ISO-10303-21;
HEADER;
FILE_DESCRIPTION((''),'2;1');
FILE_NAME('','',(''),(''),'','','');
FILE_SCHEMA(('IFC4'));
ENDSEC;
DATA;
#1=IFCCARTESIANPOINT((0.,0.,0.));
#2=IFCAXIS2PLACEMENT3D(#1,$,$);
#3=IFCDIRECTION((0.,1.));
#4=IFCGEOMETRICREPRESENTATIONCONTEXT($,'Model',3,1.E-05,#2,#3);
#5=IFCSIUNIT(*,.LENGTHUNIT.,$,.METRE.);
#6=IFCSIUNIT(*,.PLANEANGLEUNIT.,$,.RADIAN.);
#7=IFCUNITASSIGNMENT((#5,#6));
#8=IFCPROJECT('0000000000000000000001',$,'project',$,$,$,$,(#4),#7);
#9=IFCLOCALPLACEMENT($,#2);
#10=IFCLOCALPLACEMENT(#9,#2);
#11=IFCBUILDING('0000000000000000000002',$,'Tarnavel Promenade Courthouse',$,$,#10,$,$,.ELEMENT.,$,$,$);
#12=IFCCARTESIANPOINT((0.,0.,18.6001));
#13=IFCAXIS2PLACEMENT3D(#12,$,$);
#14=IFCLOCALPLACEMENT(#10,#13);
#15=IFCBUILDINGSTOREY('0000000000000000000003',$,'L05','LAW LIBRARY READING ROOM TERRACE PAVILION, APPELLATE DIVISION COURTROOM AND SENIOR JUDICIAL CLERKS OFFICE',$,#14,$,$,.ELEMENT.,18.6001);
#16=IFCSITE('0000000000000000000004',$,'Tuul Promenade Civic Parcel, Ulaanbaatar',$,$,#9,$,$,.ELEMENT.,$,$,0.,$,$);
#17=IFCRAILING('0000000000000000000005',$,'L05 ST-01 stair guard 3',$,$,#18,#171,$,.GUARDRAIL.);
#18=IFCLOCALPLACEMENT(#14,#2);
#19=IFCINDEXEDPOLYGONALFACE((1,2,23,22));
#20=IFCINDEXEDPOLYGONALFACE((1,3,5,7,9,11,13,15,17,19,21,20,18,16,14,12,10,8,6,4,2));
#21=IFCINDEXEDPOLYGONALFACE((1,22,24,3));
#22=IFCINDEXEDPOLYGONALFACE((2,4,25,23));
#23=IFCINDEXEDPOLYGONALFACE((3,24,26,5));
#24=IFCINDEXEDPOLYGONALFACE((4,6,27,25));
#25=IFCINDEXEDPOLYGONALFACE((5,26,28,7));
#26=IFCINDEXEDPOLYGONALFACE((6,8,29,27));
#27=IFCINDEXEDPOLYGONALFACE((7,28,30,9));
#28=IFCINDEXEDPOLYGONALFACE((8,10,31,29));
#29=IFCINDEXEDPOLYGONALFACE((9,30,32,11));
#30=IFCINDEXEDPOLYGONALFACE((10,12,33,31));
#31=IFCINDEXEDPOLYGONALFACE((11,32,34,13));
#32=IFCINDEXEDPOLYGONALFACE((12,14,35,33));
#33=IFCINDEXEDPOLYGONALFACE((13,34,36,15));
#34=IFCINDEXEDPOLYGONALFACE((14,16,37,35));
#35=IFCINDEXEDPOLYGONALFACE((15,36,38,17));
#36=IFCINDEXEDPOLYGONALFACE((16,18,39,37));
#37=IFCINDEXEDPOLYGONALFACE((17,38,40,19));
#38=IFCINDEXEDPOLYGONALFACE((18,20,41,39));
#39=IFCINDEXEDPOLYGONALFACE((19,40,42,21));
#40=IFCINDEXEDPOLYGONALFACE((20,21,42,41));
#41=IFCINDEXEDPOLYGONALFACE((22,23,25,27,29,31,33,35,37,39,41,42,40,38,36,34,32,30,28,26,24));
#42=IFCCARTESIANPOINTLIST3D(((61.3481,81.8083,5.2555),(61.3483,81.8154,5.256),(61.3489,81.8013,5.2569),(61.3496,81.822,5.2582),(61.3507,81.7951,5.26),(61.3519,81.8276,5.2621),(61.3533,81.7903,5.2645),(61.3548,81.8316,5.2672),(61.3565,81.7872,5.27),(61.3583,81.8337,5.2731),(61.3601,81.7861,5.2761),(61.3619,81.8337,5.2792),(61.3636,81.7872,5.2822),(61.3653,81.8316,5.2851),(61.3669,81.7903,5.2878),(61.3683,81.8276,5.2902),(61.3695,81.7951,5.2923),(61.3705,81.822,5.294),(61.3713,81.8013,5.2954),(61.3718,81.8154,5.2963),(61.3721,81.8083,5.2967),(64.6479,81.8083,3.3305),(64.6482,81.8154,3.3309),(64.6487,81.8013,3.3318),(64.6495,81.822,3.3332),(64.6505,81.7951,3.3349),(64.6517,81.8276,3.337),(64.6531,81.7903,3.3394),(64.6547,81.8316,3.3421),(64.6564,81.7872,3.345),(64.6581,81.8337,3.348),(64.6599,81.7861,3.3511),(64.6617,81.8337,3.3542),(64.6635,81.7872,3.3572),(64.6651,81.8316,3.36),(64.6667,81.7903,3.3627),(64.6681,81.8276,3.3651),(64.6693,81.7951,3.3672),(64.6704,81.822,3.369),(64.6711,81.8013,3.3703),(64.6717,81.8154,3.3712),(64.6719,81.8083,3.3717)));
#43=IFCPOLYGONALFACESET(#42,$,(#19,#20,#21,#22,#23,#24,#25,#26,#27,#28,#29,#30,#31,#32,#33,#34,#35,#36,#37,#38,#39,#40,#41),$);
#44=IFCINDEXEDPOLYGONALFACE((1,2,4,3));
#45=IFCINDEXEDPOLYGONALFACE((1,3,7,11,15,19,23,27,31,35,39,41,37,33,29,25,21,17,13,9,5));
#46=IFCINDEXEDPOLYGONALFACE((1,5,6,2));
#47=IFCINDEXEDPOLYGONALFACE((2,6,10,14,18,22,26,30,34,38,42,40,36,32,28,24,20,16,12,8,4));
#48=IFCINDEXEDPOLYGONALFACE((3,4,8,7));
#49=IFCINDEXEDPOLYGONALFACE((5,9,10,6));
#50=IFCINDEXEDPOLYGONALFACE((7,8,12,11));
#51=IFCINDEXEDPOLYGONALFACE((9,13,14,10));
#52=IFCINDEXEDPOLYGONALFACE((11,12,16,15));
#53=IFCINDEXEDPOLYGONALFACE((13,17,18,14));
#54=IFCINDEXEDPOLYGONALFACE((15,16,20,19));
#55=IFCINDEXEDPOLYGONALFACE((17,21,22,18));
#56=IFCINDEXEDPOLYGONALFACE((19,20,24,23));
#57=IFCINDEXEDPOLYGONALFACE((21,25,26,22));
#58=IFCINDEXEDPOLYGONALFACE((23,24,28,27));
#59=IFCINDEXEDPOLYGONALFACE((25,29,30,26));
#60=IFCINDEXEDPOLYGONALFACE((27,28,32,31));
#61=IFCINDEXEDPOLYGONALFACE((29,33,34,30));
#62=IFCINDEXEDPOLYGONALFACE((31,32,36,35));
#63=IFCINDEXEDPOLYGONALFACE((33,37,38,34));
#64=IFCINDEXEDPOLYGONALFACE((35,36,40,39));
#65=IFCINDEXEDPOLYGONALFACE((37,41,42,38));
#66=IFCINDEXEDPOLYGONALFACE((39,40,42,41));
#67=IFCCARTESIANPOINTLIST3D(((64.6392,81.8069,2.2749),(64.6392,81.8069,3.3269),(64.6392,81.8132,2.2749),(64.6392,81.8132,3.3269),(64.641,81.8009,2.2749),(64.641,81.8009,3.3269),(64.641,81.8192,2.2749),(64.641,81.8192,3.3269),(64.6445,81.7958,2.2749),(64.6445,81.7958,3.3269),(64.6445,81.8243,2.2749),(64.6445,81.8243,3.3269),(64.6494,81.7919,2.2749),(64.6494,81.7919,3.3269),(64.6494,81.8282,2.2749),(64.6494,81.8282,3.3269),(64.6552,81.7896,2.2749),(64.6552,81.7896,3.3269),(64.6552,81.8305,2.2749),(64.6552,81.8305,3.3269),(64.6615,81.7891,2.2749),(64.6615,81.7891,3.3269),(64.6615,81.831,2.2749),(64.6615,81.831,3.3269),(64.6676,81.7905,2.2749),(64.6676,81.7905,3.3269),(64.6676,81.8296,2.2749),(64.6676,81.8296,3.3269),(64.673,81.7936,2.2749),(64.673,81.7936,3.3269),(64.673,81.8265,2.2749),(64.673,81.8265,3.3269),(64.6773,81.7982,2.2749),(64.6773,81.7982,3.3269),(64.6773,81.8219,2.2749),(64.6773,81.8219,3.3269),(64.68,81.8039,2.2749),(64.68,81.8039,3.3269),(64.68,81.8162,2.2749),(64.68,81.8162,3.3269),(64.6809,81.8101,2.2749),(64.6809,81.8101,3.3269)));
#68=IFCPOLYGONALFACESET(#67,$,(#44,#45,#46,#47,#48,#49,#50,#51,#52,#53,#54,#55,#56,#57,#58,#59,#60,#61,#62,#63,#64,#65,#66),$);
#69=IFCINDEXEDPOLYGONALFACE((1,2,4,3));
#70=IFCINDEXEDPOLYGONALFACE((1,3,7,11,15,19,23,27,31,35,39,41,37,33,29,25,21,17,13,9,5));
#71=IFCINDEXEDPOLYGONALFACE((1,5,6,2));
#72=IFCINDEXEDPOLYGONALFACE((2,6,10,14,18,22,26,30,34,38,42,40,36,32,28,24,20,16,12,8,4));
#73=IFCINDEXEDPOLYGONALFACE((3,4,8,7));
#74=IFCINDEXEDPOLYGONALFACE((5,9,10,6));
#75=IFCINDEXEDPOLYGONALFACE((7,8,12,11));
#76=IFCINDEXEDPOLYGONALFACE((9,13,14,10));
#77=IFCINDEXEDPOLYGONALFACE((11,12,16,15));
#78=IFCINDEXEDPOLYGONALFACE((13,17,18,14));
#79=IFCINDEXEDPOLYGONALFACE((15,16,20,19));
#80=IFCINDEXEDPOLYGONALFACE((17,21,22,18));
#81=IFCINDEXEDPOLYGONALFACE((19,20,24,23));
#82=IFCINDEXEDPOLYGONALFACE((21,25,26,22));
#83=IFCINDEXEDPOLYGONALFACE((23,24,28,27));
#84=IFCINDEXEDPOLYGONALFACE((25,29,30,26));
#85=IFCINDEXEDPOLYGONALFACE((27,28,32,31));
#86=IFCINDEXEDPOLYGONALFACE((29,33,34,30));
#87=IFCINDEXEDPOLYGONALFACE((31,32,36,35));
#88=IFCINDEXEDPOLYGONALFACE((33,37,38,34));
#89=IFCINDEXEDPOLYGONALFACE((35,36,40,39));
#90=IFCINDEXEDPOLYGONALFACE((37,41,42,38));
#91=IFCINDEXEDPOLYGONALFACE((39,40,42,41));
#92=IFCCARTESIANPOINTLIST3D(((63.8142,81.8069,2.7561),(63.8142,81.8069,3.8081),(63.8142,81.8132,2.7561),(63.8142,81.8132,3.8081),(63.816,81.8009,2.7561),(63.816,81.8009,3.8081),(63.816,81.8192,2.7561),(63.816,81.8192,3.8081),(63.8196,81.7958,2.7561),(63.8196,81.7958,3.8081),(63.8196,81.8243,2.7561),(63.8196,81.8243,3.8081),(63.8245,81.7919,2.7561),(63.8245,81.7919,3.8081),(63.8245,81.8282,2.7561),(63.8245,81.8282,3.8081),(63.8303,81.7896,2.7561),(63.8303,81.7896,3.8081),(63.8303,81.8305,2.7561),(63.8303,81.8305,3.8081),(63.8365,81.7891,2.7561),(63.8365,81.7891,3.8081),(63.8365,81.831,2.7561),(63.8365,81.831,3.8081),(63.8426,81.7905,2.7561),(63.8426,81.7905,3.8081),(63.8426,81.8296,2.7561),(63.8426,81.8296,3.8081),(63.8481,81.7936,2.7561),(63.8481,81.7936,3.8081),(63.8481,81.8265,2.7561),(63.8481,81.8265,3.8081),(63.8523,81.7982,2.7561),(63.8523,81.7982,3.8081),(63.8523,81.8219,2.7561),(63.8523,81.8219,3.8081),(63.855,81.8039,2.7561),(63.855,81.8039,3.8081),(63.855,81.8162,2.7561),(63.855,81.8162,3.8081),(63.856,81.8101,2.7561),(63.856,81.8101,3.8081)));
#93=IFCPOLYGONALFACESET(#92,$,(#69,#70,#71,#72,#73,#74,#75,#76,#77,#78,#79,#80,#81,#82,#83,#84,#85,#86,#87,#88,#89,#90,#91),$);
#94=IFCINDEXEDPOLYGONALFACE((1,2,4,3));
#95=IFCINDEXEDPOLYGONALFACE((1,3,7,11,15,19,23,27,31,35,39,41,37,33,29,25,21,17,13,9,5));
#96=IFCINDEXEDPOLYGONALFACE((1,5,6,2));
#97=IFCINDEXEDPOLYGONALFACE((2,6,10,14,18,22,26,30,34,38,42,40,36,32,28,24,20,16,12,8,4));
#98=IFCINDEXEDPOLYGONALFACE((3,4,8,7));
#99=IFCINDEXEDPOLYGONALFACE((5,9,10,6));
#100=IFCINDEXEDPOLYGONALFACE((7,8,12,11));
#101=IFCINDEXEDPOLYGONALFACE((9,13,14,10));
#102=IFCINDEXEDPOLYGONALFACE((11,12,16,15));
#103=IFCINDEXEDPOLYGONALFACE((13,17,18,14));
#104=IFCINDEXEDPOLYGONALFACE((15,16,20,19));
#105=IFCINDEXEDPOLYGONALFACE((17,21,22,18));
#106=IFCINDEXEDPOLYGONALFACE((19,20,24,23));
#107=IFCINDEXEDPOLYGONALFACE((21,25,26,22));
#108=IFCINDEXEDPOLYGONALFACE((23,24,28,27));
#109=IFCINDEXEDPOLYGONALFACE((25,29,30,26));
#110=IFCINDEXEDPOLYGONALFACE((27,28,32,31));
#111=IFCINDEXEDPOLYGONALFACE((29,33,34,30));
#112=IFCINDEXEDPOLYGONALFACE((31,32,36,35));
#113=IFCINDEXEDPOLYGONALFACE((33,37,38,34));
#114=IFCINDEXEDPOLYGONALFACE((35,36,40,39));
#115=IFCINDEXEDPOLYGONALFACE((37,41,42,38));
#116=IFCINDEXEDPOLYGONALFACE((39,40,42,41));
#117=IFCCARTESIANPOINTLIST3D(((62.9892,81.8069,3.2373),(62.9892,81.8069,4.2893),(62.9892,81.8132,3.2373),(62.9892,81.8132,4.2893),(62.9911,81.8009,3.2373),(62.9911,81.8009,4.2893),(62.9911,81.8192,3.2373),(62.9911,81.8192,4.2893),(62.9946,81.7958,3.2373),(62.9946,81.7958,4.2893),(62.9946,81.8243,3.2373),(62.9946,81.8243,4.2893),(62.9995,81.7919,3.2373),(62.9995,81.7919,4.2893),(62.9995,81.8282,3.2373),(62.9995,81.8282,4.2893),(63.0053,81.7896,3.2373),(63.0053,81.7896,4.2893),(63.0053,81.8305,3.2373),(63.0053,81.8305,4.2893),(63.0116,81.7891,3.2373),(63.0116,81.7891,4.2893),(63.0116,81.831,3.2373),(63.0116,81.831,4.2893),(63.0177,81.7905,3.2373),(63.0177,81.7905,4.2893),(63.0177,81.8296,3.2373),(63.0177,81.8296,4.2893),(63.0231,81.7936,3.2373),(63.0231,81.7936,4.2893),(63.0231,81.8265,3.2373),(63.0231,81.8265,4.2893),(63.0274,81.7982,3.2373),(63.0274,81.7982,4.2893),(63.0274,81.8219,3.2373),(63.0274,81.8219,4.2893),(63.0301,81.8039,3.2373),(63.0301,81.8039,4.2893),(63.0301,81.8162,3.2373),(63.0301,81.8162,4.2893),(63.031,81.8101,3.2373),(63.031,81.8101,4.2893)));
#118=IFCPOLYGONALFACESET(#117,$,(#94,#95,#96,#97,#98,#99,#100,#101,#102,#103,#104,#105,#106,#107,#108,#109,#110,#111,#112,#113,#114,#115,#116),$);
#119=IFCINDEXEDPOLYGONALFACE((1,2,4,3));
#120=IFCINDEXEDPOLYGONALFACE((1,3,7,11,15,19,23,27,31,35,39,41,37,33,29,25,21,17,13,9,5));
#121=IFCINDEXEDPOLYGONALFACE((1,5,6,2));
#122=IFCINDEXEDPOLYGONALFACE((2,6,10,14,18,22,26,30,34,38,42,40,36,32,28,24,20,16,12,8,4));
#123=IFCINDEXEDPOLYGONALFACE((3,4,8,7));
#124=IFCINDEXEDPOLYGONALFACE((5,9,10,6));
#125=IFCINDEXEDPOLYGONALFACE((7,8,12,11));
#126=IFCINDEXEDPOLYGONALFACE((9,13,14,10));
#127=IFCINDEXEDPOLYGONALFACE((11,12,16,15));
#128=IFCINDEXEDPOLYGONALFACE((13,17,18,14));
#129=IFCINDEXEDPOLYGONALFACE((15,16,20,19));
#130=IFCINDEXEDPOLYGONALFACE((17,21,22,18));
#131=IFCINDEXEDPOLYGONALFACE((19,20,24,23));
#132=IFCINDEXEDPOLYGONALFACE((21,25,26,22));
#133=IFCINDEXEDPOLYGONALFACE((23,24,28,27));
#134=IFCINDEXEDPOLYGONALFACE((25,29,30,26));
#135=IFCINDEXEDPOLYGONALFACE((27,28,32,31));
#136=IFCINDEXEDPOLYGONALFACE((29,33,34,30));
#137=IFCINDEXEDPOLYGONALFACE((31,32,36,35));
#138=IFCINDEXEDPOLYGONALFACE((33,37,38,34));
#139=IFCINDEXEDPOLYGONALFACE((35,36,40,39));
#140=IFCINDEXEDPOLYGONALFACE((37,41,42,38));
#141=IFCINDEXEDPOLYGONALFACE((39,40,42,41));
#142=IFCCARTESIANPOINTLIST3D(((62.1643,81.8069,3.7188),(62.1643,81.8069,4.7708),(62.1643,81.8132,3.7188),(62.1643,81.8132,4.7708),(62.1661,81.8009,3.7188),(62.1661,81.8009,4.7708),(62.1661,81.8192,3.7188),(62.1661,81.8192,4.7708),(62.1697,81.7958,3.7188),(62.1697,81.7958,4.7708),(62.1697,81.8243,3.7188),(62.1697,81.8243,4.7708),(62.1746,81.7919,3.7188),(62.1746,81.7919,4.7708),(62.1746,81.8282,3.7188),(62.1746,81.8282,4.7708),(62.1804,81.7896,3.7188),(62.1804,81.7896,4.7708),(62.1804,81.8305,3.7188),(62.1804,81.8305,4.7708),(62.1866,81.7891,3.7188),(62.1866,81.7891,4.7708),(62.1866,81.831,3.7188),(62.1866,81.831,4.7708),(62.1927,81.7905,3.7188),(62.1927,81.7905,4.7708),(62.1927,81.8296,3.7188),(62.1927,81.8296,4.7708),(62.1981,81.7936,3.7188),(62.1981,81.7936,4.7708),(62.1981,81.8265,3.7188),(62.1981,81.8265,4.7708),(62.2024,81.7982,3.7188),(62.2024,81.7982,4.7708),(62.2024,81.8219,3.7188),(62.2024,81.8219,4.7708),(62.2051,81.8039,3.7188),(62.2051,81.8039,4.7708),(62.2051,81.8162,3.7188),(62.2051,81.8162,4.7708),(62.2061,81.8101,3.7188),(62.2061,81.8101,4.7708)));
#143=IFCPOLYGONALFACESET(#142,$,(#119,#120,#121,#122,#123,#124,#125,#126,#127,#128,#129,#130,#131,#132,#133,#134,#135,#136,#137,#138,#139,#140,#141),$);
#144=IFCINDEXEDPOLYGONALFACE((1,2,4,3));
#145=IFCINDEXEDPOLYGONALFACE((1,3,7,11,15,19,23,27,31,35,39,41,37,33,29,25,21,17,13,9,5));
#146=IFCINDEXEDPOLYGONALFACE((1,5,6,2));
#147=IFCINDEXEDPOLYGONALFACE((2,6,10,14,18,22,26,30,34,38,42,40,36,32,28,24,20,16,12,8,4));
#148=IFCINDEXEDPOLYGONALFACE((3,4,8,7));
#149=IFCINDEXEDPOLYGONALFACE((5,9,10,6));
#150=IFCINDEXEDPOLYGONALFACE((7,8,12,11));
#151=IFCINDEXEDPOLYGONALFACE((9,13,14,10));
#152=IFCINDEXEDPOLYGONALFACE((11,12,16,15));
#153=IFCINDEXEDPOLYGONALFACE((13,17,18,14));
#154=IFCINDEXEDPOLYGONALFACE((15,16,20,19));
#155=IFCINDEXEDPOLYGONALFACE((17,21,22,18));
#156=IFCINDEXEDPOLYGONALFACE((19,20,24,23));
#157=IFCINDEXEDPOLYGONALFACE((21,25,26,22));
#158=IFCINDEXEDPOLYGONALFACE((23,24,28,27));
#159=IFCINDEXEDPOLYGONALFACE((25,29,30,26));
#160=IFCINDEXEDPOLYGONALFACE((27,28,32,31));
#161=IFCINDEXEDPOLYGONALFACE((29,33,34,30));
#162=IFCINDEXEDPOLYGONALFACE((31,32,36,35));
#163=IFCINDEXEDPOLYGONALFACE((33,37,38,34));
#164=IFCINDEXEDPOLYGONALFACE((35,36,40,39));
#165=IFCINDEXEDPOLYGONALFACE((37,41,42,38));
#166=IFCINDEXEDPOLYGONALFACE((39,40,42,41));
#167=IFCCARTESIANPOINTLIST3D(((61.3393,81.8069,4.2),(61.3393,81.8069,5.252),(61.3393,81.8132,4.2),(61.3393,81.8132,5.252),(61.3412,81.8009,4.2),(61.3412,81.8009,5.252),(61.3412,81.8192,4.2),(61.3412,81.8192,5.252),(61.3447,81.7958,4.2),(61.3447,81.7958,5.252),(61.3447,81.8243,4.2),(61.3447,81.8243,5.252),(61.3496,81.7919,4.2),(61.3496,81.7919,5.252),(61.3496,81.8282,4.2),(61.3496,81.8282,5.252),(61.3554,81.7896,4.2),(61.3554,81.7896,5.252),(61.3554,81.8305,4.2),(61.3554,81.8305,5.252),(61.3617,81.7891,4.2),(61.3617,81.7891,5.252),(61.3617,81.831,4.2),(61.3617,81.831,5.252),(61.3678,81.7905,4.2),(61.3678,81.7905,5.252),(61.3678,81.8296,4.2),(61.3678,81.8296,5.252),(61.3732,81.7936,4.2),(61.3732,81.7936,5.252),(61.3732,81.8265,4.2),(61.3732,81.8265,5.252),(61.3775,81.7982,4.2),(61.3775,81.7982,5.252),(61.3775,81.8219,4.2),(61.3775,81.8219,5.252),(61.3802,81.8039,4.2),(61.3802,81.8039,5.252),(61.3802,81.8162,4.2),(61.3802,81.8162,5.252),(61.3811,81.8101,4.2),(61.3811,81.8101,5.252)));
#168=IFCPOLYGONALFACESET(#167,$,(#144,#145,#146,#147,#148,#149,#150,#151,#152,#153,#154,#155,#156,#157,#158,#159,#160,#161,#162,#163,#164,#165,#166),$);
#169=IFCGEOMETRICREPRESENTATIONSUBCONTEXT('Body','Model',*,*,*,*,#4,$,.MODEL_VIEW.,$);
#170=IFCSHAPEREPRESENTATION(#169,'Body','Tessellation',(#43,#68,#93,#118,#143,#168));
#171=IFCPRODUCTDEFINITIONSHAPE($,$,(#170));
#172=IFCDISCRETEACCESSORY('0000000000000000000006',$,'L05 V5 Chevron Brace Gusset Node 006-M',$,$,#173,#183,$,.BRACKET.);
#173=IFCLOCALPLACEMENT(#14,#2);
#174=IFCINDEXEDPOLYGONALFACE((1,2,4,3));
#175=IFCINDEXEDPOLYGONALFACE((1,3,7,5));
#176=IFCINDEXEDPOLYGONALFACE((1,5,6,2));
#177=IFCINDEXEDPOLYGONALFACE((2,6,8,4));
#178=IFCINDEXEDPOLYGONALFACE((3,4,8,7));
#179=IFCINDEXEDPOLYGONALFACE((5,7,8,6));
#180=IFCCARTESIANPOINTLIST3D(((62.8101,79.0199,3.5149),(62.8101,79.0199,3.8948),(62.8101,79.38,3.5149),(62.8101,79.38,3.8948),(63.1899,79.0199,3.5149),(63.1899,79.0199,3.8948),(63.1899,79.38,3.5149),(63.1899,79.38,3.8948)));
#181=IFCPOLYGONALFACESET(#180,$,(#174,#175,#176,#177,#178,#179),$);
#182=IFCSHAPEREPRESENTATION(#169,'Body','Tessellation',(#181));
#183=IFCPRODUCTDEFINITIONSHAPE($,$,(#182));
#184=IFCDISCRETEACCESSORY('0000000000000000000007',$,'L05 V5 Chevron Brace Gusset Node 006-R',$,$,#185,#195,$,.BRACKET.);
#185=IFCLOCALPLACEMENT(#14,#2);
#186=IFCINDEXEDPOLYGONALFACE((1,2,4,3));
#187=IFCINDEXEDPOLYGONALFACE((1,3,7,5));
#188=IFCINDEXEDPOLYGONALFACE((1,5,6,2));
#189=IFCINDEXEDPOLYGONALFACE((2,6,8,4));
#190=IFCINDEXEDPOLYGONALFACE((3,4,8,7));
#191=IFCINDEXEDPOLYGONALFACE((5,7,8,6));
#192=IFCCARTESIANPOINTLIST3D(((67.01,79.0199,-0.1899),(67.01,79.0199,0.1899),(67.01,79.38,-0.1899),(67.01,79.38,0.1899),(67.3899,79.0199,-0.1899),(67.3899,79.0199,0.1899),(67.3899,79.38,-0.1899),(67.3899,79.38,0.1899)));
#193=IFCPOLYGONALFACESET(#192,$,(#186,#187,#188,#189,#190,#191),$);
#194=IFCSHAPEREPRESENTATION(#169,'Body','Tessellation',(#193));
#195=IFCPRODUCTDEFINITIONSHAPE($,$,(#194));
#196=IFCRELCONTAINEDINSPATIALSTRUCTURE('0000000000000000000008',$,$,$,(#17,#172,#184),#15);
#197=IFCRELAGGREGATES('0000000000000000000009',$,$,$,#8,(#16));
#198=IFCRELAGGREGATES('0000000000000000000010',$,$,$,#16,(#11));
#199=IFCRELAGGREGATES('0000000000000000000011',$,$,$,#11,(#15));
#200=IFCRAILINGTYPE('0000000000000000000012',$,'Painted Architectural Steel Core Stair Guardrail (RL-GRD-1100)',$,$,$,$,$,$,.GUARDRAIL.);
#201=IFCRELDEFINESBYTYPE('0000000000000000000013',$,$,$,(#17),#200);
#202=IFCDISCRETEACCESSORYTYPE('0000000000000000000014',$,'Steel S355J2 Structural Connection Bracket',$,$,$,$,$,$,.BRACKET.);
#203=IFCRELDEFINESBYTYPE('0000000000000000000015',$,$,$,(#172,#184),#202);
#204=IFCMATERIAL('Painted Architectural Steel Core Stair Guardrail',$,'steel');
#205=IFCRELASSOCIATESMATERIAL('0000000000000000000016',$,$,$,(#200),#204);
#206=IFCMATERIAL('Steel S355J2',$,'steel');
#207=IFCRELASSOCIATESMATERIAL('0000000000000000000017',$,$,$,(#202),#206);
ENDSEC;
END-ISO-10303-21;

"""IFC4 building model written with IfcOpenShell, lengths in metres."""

from ifc_helpers import new_model, si_unit, direction, frame, origin, origin_2d, place, context, subcontext, project, spatial, rectangle, circle, extrude, material, type_object, element, save


model = new_model("IFC4")

# Units and contexts
model_context = context("Model", 3, precision=1e-05, world=origin(), true_north=direction((0.0, 1.0)))
body_context = subcontext(model_context, "Body", "Model", "MODEL_VIEW")
ifc_project = project(units=[si_unit("LENGTHUNIT", "METRE"), si_unit("PLANEANGLEUNIT", "RADIAN")], contexts=[model_context])

# Site, building, storey
site_placement = place(None, origin())
site = spatial("IfcSite", under=ifc_project, at=site_placement, Name="Tuul Promenade Civic Parcel, Ulaanbaatar", CompositionType="ELEMENT", RefElevation=0.0)
building_placement = place(site_placement, origin())
building = spatial("IfcBuilding", under=site, at=building_placement, Name="Tarnavel Promenade Courthouse", CompositionType="ELEMENT")
storey_placement = place(building_placement, frame((0.0, 0.0, 18.6001)))
storey = spatial("IfcBuildingStorey", under=building, at=storey_placement, Name="L05", Description="LAW LIBRARY READING ROOM TERRACE PAVILION, APPELLATE DIVISION COURTROOM AND SENIOR JUDICIAL CLERKS OFFICE", CompositionType="ELEMENT", Elevation=18.6001)

# Shared definitions
ifc_material_1 = material(Name="Steel S355J2", Category="steel")

# Railing
ifc_material_2 = material(Name="Painted Architectural Steel Core Stair Guardrail", Category="steel")
railing_type_1 = type_object("IfcRailingType", Name="Painted Architectural Steel Core Stair Guardrail (RL-GRD-1100)", PredefinedType="GUARDRAIL", material=ifc_material_2)
railing_1_placement = place(storey_placement, frame((64.6599, 81.8101, 2.2749)))
element("IfcRailing", 1, at=railing_1_placement, inside=storey, type_object=railing_type_1, Name="L05 ST-01 stair guard 3", PredefinedType="GUARDRAIL", context=body_context, shape_type="SweptSolid", body=[
    extrude(circle(Radius=0.0239, at=origin_2d()), frame((0.0, 0.0, 1.0762), z_axis=(-0.86376, 0.0, 0.503903), x_axis=(0.0, -1.0, 0.0)), (0.0, 0.0, 1.0), 3.8203),
    extrude(circle(Radius=0.021, at=origin_2d()), origin(), (0.0, 0.0, 1.0), 1.052),
    extrude(circle(Radius=0.021, at=origin_2d()), frame((-0.825, 0.0, 0.4812)), (0.0, 0.0, 1.0), 1.052),
    extrude(circle(Radius=0.021, at=origin_2d()), frame((-1.6499, 0.0, 0.9624)), (0.0, 0.0, 1.0), 1.052),
    extrude(circle(Radius=0.021, at=origin_2d()), frame((-2.4749, 0.0, 1.4438)), (0.0, 0.0, 1.0), 1.052),
    extrude(circle(Radius=0.021, at=origin_2d()), frame((-3.2998, 0.0, 1.925)), (0.0, 0.0, 1.0), 1.052),
])

# Discrete accessories
discrete_accessory_type = type_object("IfcDiscreteAccessoryType", Name="Steel S355J2 Structural Connection Bracket", PredefinedType="BRACKET", material=ifc_material_1)
for number, where, z_axis, x_axis, name in (
    (2, (63.0, 79.2, 3.5149), (0.0, 0.0, 1.0), (1.0, 0.0, 0.0), "L05 V5 Chevron Brace Gusset Node 006-M"),
    (3, (67.2, 79.2, -0.1899), (0.0, 0.0, 1.0), (1.0, 0.0, 0.0), "L05 V5 Chevron Brace Gusset Node 006-R"),
):
    element("IfcDiscreteAccessory", number, at=place(storey_placement, frame(where, z_axis=z_axis, x_axis=x_axis)), inside=storey, type_object=discrete_accessory_type, Name=name, PredefinedType="BRACKET", context=body_context, shape_type="SweptSolid", body=[
        extrude(rectangle(XDim=0.3799, YDim=0.3601, at=origin_2d()), origin(), (0.0, 0.0, 1.0), 0.3799),
    ])

save(model, "model.ifc")
